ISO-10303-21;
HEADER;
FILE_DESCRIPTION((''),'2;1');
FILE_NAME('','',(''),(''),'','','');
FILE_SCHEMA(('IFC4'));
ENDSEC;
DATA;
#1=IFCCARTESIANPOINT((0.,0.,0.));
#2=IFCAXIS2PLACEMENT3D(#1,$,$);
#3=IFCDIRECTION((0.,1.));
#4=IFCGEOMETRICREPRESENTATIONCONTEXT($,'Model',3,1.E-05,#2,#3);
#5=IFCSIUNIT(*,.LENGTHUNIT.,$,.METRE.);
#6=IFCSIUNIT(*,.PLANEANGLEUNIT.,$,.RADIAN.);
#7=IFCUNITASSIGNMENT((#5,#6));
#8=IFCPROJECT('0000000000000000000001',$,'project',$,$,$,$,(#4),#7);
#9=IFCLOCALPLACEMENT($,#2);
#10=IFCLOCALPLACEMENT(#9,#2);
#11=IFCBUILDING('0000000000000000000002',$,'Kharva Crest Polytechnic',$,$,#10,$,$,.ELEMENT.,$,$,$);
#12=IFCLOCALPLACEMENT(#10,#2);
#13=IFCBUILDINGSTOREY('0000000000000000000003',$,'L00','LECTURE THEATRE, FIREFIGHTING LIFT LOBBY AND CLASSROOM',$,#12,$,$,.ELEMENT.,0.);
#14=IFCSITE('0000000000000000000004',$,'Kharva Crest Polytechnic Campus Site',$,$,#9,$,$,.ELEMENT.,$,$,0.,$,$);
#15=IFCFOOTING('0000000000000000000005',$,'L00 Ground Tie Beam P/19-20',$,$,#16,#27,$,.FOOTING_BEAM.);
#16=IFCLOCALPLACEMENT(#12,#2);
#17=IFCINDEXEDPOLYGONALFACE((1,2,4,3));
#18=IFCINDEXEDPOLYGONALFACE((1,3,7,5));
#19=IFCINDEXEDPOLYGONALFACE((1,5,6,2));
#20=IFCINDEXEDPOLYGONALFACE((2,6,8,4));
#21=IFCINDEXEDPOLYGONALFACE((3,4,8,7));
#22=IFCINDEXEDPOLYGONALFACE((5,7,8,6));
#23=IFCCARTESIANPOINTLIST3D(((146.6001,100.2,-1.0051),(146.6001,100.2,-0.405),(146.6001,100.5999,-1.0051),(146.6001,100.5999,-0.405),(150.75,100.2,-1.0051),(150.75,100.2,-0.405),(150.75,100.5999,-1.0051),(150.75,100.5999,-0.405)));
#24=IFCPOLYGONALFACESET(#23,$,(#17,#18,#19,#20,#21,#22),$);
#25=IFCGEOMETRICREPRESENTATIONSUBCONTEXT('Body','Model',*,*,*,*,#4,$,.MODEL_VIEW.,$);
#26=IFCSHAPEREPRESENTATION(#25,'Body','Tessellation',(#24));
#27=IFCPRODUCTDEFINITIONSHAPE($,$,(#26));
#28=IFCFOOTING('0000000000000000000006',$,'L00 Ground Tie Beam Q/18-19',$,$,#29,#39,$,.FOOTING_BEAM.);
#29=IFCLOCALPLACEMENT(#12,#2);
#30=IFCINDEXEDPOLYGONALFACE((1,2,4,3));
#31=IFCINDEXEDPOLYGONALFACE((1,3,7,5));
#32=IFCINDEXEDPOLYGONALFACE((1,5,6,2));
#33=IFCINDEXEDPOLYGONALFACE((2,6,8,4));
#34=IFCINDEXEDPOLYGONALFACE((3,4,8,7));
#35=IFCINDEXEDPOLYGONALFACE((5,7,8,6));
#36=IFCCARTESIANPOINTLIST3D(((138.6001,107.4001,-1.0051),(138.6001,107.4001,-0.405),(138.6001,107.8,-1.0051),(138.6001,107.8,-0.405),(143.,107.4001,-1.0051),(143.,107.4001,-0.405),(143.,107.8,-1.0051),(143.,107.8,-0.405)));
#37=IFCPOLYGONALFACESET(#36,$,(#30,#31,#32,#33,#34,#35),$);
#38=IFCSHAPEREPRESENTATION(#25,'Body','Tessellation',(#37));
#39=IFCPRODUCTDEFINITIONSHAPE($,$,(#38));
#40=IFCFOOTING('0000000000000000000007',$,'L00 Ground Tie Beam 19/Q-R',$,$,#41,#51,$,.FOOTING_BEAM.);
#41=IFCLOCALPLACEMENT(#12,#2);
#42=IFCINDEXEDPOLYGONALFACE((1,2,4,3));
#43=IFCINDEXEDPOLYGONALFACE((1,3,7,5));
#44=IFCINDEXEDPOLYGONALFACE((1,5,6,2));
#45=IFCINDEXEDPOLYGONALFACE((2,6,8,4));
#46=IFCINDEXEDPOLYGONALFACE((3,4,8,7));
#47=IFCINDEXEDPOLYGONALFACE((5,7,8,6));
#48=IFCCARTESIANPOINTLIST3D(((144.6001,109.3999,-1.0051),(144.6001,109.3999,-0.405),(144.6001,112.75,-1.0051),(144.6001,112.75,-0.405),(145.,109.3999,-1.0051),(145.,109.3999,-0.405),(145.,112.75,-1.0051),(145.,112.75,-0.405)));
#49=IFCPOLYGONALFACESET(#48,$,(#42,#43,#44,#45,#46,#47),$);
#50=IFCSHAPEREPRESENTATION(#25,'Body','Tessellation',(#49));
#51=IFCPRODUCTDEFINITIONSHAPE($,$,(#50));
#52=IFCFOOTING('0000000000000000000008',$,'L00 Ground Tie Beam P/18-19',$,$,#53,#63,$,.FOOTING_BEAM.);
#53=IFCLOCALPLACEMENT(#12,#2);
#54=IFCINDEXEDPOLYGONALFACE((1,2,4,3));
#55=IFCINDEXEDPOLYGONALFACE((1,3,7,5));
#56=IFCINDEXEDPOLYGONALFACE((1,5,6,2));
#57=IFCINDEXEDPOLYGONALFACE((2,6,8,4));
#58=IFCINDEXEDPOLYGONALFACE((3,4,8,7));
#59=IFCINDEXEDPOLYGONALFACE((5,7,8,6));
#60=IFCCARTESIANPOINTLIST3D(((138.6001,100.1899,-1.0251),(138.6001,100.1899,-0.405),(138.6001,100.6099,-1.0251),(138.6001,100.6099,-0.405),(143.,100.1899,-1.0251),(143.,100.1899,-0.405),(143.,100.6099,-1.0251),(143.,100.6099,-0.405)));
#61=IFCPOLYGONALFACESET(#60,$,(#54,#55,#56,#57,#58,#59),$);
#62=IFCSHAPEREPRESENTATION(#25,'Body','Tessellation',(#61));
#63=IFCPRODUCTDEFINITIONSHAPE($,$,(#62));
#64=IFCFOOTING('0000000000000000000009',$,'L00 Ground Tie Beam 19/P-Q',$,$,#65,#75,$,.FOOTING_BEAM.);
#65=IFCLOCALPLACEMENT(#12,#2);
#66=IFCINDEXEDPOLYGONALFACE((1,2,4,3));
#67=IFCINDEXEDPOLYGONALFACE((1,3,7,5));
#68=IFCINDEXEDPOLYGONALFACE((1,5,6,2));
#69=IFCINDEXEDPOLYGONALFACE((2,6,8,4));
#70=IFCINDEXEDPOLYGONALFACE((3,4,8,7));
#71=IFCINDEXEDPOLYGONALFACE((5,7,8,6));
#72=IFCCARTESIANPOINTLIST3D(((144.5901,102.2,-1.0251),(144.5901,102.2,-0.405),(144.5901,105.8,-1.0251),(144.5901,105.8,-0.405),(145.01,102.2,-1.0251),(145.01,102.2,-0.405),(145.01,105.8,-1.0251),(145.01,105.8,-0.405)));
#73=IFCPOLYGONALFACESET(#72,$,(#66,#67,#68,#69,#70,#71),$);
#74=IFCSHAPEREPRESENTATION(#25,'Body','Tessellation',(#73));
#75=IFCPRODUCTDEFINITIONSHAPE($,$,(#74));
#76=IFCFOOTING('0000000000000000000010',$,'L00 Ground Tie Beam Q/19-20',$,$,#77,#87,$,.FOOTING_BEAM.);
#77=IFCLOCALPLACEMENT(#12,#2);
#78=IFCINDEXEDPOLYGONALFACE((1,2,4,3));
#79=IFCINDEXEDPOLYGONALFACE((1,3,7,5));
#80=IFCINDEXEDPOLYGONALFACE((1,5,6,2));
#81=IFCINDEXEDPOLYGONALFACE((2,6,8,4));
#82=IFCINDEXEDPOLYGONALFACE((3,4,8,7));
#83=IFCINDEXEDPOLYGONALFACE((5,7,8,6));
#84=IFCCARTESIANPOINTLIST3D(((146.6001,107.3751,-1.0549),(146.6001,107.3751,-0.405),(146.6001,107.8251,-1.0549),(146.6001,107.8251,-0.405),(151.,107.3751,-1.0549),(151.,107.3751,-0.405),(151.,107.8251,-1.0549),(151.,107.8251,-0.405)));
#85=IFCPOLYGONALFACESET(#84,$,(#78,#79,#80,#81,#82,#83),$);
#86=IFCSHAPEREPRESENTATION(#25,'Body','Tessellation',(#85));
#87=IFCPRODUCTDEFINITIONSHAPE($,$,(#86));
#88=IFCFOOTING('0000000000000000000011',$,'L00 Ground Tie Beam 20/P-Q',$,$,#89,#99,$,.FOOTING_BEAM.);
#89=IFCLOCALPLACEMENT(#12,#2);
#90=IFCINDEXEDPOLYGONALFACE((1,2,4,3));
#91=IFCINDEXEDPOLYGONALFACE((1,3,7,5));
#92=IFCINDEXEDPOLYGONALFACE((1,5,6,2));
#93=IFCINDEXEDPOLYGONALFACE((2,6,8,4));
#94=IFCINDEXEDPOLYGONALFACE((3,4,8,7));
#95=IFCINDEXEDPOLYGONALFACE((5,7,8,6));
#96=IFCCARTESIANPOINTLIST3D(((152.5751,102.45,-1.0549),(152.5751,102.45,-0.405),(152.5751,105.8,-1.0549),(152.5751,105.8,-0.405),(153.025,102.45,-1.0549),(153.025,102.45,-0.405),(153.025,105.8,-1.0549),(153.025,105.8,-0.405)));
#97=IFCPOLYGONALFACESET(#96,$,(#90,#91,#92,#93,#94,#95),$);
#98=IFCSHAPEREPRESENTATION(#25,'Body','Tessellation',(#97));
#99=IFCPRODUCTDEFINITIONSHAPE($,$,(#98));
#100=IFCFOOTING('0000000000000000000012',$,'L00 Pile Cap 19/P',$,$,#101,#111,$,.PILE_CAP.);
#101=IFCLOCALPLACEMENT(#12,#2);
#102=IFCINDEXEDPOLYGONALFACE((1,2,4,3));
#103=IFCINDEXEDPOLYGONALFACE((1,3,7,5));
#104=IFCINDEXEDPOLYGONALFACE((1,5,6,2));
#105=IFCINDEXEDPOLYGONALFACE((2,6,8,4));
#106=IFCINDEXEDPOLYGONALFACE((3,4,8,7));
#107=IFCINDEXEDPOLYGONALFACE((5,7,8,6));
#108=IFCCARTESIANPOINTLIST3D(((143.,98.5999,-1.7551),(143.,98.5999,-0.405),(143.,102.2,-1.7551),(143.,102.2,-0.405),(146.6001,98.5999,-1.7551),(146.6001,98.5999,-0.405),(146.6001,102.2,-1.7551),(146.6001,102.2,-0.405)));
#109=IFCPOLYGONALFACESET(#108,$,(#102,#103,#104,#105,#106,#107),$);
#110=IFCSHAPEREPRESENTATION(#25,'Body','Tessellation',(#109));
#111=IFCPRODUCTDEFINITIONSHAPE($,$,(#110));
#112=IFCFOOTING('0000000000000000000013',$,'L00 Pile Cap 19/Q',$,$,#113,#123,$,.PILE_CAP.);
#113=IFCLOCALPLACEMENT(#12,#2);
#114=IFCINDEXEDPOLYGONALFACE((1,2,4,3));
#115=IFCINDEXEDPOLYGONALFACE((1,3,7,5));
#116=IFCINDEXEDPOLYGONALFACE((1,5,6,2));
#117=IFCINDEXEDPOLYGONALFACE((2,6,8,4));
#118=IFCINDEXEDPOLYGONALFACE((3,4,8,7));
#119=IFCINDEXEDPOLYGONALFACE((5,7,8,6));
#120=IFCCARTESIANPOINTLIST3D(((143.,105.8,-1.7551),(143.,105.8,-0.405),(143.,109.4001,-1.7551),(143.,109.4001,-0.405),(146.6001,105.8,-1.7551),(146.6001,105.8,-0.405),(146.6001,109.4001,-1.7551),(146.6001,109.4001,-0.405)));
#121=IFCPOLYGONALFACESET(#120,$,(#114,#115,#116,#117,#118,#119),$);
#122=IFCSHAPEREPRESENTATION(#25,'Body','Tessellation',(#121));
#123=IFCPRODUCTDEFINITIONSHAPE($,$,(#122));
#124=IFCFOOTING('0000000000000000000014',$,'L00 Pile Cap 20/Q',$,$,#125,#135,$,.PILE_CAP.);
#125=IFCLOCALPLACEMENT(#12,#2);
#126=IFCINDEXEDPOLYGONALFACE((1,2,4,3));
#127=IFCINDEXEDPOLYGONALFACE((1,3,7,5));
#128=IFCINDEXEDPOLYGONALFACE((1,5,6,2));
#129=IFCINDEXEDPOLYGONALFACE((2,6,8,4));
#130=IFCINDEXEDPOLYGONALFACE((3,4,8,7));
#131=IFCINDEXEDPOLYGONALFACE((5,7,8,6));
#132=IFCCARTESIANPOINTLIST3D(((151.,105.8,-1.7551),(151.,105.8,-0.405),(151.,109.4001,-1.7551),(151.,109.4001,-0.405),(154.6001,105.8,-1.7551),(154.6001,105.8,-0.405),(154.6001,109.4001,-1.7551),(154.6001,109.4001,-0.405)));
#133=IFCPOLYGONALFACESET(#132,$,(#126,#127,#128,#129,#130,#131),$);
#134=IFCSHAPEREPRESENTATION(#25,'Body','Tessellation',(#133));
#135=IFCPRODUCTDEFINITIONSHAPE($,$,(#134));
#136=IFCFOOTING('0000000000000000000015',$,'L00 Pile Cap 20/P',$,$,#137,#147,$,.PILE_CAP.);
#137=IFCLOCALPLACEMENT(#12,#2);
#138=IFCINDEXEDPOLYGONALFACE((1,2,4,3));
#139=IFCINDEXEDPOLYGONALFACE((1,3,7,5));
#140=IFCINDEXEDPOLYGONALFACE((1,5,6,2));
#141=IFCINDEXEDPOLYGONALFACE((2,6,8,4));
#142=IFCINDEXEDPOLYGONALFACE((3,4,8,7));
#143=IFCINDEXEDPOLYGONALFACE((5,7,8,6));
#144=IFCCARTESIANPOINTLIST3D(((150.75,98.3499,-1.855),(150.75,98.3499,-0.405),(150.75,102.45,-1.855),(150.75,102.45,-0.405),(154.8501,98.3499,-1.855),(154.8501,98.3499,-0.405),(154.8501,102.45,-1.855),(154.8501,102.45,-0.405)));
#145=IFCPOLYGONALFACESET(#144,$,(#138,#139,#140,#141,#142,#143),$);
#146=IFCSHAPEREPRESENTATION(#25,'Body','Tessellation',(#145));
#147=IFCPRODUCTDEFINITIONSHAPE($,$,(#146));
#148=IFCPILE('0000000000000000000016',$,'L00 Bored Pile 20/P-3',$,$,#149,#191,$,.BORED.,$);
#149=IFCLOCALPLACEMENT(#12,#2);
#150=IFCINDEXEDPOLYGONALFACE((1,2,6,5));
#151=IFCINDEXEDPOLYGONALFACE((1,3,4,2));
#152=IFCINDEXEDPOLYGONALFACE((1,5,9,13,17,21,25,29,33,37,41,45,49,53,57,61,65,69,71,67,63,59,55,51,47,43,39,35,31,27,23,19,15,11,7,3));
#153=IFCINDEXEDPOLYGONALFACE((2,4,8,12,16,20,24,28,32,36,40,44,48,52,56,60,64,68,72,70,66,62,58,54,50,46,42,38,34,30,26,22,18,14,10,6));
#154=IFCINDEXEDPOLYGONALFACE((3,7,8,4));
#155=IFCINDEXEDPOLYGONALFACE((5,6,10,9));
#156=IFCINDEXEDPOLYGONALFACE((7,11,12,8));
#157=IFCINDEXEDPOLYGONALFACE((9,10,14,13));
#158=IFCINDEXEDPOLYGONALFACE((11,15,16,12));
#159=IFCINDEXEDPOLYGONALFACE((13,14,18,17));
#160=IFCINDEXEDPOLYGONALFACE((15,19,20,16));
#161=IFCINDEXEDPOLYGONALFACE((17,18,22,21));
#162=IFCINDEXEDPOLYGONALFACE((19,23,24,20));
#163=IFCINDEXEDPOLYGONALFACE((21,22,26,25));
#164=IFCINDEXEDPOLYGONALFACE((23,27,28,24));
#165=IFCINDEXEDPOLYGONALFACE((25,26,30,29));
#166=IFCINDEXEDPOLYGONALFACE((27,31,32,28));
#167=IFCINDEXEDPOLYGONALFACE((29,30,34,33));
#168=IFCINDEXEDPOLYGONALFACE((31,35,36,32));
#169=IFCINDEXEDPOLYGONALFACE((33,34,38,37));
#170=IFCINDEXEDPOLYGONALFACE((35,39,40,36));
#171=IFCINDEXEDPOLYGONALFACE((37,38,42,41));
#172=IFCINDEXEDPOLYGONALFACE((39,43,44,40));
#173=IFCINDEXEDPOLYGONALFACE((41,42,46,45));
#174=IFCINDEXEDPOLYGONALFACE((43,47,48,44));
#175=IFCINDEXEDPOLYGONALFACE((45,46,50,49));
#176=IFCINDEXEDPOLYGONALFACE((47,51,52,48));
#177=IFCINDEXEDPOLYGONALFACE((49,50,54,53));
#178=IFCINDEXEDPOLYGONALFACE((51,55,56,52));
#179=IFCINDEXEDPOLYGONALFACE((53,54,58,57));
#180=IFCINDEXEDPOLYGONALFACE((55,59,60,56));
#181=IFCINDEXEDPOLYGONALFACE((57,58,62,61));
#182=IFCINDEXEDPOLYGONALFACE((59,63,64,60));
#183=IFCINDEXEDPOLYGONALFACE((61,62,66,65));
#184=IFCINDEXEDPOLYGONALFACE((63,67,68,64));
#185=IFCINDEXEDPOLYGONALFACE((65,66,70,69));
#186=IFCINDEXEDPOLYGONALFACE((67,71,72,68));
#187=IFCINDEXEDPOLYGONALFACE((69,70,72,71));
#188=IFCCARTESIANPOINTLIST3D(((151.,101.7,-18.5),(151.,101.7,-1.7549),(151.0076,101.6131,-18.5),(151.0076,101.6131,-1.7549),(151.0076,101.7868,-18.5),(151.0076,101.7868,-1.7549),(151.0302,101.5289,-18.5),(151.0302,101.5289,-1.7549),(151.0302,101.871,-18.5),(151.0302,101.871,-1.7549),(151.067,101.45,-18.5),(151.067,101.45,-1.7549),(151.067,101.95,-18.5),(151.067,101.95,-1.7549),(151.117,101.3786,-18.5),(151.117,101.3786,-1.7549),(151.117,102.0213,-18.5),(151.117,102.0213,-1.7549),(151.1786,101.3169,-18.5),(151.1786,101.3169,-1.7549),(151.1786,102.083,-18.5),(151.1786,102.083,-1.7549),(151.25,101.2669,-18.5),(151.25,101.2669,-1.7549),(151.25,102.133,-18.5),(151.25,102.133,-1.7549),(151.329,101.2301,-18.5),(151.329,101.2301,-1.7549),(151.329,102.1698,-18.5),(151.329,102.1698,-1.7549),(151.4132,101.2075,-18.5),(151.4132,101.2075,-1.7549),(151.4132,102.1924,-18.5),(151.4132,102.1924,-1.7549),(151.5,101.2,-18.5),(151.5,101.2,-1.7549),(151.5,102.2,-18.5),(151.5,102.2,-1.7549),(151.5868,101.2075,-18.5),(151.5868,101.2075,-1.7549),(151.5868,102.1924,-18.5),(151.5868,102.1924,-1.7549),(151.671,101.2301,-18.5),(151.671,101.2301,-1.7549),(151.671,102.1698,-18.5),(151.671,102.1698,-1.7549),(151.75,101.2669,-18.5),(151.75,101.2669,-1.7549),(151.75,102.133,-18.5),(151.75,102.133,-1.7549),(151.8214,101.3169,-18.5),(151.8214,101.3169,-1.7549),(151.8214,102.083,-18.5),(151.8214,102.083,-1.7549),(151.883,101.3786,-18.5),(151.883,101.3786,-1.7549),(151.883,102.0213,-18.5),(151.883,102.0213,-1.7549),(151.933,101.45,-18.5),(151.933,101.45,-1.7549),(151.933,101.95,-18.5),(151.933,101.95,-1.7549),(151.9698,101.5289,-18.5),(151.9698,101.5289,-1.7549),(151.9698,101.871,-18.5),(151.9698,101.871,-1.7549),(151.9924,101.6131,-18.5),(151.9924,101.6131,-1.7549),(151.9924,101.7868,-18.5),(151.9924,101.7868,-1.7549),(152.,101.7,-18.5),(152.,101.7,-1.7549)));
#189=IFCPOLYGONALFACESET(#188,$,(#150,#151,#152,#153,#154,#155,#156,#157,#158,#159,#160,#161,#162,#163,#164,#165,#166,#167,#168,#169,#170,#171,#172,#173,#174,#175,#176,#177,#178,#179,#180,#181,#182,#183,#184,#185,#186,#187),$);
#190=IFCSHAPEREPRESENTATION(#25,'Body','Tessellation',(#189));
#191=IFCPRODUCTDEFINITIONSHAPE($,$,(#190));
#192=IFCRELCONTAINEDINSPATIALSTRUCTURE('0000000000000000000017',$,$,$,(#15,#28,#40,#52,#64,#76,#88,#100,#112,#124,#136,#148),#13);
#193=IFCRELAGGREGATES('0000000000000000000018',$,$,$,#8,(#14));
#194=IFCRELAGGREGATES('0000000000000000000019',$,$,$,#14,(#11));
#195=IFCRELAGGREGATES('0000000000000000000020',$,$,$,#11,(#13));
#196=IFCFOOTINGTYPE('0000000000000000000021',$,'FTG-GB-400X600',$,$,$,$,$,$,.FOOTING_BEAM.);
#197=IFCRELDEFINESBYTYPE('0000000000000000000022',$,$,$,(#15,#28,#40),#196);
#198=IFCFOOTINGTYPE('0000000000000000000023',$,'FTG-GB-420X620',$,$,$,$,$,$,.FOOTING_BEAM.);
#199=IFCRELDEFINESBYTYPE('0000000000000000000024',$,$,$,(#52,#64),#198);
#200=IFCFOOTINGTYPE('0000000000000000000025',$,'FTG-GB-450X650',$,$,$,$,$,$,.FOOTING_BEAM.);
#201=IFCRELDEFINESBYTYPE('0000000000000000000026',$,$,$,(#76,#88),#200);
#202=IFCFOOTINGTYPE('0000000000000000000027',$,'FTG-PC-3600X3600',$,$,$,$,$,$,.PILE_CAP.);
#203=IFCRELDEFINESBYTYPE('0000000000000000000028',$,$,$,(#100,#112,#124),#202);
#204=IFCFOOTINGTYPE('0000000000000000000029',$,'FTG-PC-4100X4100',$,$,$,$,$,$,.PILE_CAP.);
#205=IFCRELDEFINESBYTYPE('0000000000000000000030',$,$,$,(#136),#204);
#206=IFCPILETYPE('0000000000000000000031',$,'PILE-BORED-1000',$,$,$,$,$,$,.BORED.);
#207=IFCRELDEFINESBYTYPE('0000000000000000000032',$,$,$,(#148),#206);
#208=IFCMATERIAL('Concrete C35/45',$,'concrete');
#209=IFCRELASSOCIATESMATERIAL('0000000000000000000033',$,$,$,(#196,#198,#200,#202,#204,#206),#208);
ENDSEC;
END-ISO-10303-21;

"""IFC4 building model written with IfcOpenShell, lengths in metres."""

from ifc_helpers import new_model, si_unit, direction, frame, origin, origin_2d, place, context, subcontext, project, spatial, rectangle, circle, extrude, material, material_profile, profile_set, type_object, element, save


model = new_model("IFC4")

# Units and contexts
model_context = context("Model", 3, precision=1e-05, world=origin(), true_north=direction((0.0, 1.0)))
body_context = subcontext(model_context, "Body", "Model", "MODEL_VIEW")
ifc_project = project(units=[si_unit("LENGTHUNIT", "METRE"), si_unit("PLANEANGLEUNIT", "RADIAN")], contexts=[model_context])

# Site, building, storey
site_placement = place(None, origin())
site = spatial("IfcSite", under=ifc_project, at=site_placement, Name="Kharva Crest Polytechnic Campus Site", CompositionType="ELEMENT", RefElevation=0.0)
building_placement = place(site_placement, origin())
building = spatial("IfcBuilding", under=site, at=building_placement, Name="Kharva Crest Polytechnic", CompositionType="ELEMENT")
storey_placement = place(building_placement, origin())
storey = spatial("IfcBuildingStorey", under=building, at=storey_placement, Name="L00", Description="LECTURE THEATRE, FIREFIGHTING LIFT LOBBY AND CLASSROOM", CompositionType="ELEMENT", Elevation=0.0)

# Footings
ifc_material_1 = material(Name="Concrete C35/45", Category="concrete")
footing_type_1 = type_object("IfcFootingType", Name="FTG-GB-400X600", PredefinedType="FOOTING_BEAM", material=ifc_material_1)
footing_1_placement = place(storey_placement, frame((148.675, 100.3999, -1.0051), z_axis=(0.0, 0.0, 1.0), x_axis=(1.0, 0.0, 0.0)))
element("IfcFooting", 1, at=footing_1_placement, inside=storey, type_object=footing_type_1, Name="L00 Ground Tie Beam P/19-20", PredefinedType="FOOTING_BEAM", context=body_context, shape_type="SweptSolid", body=[
    extrude(rectangle(XDim=4.1499, YDim=0.3999, at=origin_2d()), origin(), (0.0, 0.0, 1.0), 0.6001),
])
footing_2_placement = place(storey_placement, frame((140.8, 107.6001, -1.0051), z_axis=(0.0, 0.0, 1.0), x_axis=(1.0, 0.0, 0.0)))
element("IfcFooting", 2, at=footing_2_placement, inside=storey, type_object=footing_type_1, Name="L00 Ground Tie Beam Q/18-19", PredefinedType="FOOTING_BEAM", context=body_context, shape_type="SweptSolid", body=[
    extrude(rectangle(XDim=4.3999, YDim=0.3999, at=origin_2d()), origin(), (0.0, 0.0, 1.0), 0.6001),
])
footing_3_placement = place(storey_placement, frame((144.8, 111.075, -1.0051), z_axis=(0.0, 0.0, 1.0), x_axis=(0.0, 1.0, 0.0)))
element("IfcFooting", 3, at=footing_3_placement, inside=storey, type_object=footing_type_1, Name="L00 Ground Tie Beam 19/Q-R", PredefinedType="FOOTING_BEAM", context=body_context, shape_type="SweptSolid", body=[
    extrude(rectangle(XDim=3.3501, YDim=0.3999, at=origin_2d()), origin(), (0.0, 0.0, 1.0), 0.6001),
])
footing_type_2 = type_object("IfcFootingType", Name="FTG-GB-420X620", PredefinedType="FOOTING_BEAM", material=ifc_material_1)
footing_4_placement = place(storey_placement, frame((140.8, 100.3999, -1.0251), z_axis=(0.0, 0.0, 1.0), x_axis=(1.0, 0.0, 0.0)))
element("IfcFooting", 4, at=footing_4_placement, inside=storey, type_object=footing_type_2, Name="L00 Ground Tie Beam P/18-19", PredefinedType="FOOTING_BEAM", context=body_context, shape_type="SweptSolid", body=[
    extrude(rectangle(XDim=4.3999, YDim=0.4199, at=origin_2d()), origin(), (0.0, 0.0, 1.0), 0.6201),
])
footing_5_placement = place(storey_placement, frame((144.8, 104.0, -1.0251), z_axis=(0.0, 0.0, 1.0), x_axis=(0.0, 1.0, 0.0)))
element("IfcFooting", 5, at=footing_5_placement, inside=storey, type_object=footing_type_2, Name="L00 Ground Tie Beam 19/P-Q", PredefinedType="FOOTING_BEAM", context=body_context, shape_type="SweptSolid", body=[
    extrude(rectangle(XDim=3.6001, YDim=0.4199, at=origin_2d()), origin(), (0.0, 0.0, 1.0), 0.6201),
])
footing_type_3 = type_object("IfcFootingType", Name="FTG-GB-450X650", PredefinedType="FOOTING_BEAM", material=ifc_material_1)
footing_6_placement = place(storey_placement, frame((148.8, 107.6001, -1.0549), z_axis=(0.0, 0.0, 1.0), x_axis=(1.0, 0.0, 0.0)))
element("IfcFooting", 6, at=footing_6_placement, inside=storey, type_object=footing_type_3, Name="L00 Ground Tie Beam Q/19-20", PredefinedType="FOOTING_BEAM", context=body_context, shape_type="SweptSolid", body=[
    extrude(rectangle(XDim=4.3999, YDim=0.45, at=origin_2d()), origin(), (0.0, 0.0, 1.0), 0.6499),
])
footing_7_placement = place(storey_placement, frame((152.8, 104.125, -1.0549), z_axis=(0.0, 0.0, 1.0), x_axis=(0.0, 1.0, 0.0)))
element("IfcFooting", 7, at=footing_7_placement, inside=storey, type_object=footing_type_3, Name="L00 Ground Tie Beam 20/P-Q", PredefinedType="FOOTING_BEAM", context=body_context, shape_type="SweptSolid", body=[
    extrude(rectangle(XDim=3.3501, YDim=0.45, at=origin_2d()), origin(), (0.0, 0.0, 1.0), 0.6499),
])
footing_type_4 = type_object("IfcFootingType", Name="FTG-PC-3600X3600", PredefinedType="PILE_CAP", material=ifc_material_1)
for number, where, z_axis, x_axis, name in (
    (8, (144.8, 100.3999, -1.7551), (0.0, 0.0, 1.0), (1.0, 0.0, 0.0), "L00 Pile Cap 19/P"),
    (9, (144.8, 107.6001, -1.7551), (0.0, 0.0, 1.0), (1.0, 0.0, 0.0), "L00 Pile Cap 19/Q"),
    (10, (152.8, 107.6001, -1.7551), (0.0, 0.0, 1.0), (1.0, 0.0, 0.0), "L00 Pile Cap 20/Q"),
):
    element("IfcFooting", number, at=place(storey_placement, frame(where, z_axis=z_axis, x_axis=x_axis)), inside=storey, type_object=footing_type_4, Name=name, PredefinedType="PILE_CAP", context=body_context, shape_type="SweptSolid", body=[
        extrude(rectangle(XDim=3.6001, YDim=3.6001, at=origin_2d()), origin(), (0.0, 0.0, 1.0), 1.3501),
    ])
footing_type_5 = type_object("IfcFootingType", Name="FTG-PC-4100X4100", PredefinedType="PILE_CAP", material=ifc_material_1)
footing_8_placement = place(storey_placement, frame((152.8, 100.3999, -1.855), z_axis=(0.0, 0.0, 1.0), x_axis=(1.0, 0.0, 0.0)))
element("IfcFooting", 11, at=footing_8_placement, inside=storey, type_object=footing_type_5, Name="L00 Pile Cap 20/P", PredefinedType="PILE_CAP", context=body_context, shape_type="SweptSolid", body=[
    extrude(rectangle(XDim=4.1001, YDim=4.1001, at=origin_2d()), origin(), (0.0, 0.0, 1.0), 1.45),
])

# Pile
ifc_material_profile_1 = material_profile(ifc_material_1, circle(Radius=0.5, at=origin_2d()), Name="DIA 1000")
ifc_profile_set_1 = profile_set([ifc_material_profile_1], Name="Concrete C35/45")
pile_type_1 = type_object("IfcPileType", Name="PILE-BORED-1000", PredefinedType="BORED", material=ifc_profile_set_1)
pile_placement = place(storey_placement, frame((151.5, 101.7, -1.7549), z_axis=(0.0, 0.0, -1.0), x_axis=(1.0, 0.0, 0.0)))
element("IfcPile", 12, at=pile_placement, inside=storey, type_object=pile_type_1, Name="L00 Bored Pile 20/P-3", PredefinedType="BORED", context=body_context, shape_type="SweptSolid", body=[
    extrude(circle(Radius=0.5, at=origin_2d()), origin(), (0.0, 0.0, 1.0), 16.7451),
])

save(model, "model.ifc")
